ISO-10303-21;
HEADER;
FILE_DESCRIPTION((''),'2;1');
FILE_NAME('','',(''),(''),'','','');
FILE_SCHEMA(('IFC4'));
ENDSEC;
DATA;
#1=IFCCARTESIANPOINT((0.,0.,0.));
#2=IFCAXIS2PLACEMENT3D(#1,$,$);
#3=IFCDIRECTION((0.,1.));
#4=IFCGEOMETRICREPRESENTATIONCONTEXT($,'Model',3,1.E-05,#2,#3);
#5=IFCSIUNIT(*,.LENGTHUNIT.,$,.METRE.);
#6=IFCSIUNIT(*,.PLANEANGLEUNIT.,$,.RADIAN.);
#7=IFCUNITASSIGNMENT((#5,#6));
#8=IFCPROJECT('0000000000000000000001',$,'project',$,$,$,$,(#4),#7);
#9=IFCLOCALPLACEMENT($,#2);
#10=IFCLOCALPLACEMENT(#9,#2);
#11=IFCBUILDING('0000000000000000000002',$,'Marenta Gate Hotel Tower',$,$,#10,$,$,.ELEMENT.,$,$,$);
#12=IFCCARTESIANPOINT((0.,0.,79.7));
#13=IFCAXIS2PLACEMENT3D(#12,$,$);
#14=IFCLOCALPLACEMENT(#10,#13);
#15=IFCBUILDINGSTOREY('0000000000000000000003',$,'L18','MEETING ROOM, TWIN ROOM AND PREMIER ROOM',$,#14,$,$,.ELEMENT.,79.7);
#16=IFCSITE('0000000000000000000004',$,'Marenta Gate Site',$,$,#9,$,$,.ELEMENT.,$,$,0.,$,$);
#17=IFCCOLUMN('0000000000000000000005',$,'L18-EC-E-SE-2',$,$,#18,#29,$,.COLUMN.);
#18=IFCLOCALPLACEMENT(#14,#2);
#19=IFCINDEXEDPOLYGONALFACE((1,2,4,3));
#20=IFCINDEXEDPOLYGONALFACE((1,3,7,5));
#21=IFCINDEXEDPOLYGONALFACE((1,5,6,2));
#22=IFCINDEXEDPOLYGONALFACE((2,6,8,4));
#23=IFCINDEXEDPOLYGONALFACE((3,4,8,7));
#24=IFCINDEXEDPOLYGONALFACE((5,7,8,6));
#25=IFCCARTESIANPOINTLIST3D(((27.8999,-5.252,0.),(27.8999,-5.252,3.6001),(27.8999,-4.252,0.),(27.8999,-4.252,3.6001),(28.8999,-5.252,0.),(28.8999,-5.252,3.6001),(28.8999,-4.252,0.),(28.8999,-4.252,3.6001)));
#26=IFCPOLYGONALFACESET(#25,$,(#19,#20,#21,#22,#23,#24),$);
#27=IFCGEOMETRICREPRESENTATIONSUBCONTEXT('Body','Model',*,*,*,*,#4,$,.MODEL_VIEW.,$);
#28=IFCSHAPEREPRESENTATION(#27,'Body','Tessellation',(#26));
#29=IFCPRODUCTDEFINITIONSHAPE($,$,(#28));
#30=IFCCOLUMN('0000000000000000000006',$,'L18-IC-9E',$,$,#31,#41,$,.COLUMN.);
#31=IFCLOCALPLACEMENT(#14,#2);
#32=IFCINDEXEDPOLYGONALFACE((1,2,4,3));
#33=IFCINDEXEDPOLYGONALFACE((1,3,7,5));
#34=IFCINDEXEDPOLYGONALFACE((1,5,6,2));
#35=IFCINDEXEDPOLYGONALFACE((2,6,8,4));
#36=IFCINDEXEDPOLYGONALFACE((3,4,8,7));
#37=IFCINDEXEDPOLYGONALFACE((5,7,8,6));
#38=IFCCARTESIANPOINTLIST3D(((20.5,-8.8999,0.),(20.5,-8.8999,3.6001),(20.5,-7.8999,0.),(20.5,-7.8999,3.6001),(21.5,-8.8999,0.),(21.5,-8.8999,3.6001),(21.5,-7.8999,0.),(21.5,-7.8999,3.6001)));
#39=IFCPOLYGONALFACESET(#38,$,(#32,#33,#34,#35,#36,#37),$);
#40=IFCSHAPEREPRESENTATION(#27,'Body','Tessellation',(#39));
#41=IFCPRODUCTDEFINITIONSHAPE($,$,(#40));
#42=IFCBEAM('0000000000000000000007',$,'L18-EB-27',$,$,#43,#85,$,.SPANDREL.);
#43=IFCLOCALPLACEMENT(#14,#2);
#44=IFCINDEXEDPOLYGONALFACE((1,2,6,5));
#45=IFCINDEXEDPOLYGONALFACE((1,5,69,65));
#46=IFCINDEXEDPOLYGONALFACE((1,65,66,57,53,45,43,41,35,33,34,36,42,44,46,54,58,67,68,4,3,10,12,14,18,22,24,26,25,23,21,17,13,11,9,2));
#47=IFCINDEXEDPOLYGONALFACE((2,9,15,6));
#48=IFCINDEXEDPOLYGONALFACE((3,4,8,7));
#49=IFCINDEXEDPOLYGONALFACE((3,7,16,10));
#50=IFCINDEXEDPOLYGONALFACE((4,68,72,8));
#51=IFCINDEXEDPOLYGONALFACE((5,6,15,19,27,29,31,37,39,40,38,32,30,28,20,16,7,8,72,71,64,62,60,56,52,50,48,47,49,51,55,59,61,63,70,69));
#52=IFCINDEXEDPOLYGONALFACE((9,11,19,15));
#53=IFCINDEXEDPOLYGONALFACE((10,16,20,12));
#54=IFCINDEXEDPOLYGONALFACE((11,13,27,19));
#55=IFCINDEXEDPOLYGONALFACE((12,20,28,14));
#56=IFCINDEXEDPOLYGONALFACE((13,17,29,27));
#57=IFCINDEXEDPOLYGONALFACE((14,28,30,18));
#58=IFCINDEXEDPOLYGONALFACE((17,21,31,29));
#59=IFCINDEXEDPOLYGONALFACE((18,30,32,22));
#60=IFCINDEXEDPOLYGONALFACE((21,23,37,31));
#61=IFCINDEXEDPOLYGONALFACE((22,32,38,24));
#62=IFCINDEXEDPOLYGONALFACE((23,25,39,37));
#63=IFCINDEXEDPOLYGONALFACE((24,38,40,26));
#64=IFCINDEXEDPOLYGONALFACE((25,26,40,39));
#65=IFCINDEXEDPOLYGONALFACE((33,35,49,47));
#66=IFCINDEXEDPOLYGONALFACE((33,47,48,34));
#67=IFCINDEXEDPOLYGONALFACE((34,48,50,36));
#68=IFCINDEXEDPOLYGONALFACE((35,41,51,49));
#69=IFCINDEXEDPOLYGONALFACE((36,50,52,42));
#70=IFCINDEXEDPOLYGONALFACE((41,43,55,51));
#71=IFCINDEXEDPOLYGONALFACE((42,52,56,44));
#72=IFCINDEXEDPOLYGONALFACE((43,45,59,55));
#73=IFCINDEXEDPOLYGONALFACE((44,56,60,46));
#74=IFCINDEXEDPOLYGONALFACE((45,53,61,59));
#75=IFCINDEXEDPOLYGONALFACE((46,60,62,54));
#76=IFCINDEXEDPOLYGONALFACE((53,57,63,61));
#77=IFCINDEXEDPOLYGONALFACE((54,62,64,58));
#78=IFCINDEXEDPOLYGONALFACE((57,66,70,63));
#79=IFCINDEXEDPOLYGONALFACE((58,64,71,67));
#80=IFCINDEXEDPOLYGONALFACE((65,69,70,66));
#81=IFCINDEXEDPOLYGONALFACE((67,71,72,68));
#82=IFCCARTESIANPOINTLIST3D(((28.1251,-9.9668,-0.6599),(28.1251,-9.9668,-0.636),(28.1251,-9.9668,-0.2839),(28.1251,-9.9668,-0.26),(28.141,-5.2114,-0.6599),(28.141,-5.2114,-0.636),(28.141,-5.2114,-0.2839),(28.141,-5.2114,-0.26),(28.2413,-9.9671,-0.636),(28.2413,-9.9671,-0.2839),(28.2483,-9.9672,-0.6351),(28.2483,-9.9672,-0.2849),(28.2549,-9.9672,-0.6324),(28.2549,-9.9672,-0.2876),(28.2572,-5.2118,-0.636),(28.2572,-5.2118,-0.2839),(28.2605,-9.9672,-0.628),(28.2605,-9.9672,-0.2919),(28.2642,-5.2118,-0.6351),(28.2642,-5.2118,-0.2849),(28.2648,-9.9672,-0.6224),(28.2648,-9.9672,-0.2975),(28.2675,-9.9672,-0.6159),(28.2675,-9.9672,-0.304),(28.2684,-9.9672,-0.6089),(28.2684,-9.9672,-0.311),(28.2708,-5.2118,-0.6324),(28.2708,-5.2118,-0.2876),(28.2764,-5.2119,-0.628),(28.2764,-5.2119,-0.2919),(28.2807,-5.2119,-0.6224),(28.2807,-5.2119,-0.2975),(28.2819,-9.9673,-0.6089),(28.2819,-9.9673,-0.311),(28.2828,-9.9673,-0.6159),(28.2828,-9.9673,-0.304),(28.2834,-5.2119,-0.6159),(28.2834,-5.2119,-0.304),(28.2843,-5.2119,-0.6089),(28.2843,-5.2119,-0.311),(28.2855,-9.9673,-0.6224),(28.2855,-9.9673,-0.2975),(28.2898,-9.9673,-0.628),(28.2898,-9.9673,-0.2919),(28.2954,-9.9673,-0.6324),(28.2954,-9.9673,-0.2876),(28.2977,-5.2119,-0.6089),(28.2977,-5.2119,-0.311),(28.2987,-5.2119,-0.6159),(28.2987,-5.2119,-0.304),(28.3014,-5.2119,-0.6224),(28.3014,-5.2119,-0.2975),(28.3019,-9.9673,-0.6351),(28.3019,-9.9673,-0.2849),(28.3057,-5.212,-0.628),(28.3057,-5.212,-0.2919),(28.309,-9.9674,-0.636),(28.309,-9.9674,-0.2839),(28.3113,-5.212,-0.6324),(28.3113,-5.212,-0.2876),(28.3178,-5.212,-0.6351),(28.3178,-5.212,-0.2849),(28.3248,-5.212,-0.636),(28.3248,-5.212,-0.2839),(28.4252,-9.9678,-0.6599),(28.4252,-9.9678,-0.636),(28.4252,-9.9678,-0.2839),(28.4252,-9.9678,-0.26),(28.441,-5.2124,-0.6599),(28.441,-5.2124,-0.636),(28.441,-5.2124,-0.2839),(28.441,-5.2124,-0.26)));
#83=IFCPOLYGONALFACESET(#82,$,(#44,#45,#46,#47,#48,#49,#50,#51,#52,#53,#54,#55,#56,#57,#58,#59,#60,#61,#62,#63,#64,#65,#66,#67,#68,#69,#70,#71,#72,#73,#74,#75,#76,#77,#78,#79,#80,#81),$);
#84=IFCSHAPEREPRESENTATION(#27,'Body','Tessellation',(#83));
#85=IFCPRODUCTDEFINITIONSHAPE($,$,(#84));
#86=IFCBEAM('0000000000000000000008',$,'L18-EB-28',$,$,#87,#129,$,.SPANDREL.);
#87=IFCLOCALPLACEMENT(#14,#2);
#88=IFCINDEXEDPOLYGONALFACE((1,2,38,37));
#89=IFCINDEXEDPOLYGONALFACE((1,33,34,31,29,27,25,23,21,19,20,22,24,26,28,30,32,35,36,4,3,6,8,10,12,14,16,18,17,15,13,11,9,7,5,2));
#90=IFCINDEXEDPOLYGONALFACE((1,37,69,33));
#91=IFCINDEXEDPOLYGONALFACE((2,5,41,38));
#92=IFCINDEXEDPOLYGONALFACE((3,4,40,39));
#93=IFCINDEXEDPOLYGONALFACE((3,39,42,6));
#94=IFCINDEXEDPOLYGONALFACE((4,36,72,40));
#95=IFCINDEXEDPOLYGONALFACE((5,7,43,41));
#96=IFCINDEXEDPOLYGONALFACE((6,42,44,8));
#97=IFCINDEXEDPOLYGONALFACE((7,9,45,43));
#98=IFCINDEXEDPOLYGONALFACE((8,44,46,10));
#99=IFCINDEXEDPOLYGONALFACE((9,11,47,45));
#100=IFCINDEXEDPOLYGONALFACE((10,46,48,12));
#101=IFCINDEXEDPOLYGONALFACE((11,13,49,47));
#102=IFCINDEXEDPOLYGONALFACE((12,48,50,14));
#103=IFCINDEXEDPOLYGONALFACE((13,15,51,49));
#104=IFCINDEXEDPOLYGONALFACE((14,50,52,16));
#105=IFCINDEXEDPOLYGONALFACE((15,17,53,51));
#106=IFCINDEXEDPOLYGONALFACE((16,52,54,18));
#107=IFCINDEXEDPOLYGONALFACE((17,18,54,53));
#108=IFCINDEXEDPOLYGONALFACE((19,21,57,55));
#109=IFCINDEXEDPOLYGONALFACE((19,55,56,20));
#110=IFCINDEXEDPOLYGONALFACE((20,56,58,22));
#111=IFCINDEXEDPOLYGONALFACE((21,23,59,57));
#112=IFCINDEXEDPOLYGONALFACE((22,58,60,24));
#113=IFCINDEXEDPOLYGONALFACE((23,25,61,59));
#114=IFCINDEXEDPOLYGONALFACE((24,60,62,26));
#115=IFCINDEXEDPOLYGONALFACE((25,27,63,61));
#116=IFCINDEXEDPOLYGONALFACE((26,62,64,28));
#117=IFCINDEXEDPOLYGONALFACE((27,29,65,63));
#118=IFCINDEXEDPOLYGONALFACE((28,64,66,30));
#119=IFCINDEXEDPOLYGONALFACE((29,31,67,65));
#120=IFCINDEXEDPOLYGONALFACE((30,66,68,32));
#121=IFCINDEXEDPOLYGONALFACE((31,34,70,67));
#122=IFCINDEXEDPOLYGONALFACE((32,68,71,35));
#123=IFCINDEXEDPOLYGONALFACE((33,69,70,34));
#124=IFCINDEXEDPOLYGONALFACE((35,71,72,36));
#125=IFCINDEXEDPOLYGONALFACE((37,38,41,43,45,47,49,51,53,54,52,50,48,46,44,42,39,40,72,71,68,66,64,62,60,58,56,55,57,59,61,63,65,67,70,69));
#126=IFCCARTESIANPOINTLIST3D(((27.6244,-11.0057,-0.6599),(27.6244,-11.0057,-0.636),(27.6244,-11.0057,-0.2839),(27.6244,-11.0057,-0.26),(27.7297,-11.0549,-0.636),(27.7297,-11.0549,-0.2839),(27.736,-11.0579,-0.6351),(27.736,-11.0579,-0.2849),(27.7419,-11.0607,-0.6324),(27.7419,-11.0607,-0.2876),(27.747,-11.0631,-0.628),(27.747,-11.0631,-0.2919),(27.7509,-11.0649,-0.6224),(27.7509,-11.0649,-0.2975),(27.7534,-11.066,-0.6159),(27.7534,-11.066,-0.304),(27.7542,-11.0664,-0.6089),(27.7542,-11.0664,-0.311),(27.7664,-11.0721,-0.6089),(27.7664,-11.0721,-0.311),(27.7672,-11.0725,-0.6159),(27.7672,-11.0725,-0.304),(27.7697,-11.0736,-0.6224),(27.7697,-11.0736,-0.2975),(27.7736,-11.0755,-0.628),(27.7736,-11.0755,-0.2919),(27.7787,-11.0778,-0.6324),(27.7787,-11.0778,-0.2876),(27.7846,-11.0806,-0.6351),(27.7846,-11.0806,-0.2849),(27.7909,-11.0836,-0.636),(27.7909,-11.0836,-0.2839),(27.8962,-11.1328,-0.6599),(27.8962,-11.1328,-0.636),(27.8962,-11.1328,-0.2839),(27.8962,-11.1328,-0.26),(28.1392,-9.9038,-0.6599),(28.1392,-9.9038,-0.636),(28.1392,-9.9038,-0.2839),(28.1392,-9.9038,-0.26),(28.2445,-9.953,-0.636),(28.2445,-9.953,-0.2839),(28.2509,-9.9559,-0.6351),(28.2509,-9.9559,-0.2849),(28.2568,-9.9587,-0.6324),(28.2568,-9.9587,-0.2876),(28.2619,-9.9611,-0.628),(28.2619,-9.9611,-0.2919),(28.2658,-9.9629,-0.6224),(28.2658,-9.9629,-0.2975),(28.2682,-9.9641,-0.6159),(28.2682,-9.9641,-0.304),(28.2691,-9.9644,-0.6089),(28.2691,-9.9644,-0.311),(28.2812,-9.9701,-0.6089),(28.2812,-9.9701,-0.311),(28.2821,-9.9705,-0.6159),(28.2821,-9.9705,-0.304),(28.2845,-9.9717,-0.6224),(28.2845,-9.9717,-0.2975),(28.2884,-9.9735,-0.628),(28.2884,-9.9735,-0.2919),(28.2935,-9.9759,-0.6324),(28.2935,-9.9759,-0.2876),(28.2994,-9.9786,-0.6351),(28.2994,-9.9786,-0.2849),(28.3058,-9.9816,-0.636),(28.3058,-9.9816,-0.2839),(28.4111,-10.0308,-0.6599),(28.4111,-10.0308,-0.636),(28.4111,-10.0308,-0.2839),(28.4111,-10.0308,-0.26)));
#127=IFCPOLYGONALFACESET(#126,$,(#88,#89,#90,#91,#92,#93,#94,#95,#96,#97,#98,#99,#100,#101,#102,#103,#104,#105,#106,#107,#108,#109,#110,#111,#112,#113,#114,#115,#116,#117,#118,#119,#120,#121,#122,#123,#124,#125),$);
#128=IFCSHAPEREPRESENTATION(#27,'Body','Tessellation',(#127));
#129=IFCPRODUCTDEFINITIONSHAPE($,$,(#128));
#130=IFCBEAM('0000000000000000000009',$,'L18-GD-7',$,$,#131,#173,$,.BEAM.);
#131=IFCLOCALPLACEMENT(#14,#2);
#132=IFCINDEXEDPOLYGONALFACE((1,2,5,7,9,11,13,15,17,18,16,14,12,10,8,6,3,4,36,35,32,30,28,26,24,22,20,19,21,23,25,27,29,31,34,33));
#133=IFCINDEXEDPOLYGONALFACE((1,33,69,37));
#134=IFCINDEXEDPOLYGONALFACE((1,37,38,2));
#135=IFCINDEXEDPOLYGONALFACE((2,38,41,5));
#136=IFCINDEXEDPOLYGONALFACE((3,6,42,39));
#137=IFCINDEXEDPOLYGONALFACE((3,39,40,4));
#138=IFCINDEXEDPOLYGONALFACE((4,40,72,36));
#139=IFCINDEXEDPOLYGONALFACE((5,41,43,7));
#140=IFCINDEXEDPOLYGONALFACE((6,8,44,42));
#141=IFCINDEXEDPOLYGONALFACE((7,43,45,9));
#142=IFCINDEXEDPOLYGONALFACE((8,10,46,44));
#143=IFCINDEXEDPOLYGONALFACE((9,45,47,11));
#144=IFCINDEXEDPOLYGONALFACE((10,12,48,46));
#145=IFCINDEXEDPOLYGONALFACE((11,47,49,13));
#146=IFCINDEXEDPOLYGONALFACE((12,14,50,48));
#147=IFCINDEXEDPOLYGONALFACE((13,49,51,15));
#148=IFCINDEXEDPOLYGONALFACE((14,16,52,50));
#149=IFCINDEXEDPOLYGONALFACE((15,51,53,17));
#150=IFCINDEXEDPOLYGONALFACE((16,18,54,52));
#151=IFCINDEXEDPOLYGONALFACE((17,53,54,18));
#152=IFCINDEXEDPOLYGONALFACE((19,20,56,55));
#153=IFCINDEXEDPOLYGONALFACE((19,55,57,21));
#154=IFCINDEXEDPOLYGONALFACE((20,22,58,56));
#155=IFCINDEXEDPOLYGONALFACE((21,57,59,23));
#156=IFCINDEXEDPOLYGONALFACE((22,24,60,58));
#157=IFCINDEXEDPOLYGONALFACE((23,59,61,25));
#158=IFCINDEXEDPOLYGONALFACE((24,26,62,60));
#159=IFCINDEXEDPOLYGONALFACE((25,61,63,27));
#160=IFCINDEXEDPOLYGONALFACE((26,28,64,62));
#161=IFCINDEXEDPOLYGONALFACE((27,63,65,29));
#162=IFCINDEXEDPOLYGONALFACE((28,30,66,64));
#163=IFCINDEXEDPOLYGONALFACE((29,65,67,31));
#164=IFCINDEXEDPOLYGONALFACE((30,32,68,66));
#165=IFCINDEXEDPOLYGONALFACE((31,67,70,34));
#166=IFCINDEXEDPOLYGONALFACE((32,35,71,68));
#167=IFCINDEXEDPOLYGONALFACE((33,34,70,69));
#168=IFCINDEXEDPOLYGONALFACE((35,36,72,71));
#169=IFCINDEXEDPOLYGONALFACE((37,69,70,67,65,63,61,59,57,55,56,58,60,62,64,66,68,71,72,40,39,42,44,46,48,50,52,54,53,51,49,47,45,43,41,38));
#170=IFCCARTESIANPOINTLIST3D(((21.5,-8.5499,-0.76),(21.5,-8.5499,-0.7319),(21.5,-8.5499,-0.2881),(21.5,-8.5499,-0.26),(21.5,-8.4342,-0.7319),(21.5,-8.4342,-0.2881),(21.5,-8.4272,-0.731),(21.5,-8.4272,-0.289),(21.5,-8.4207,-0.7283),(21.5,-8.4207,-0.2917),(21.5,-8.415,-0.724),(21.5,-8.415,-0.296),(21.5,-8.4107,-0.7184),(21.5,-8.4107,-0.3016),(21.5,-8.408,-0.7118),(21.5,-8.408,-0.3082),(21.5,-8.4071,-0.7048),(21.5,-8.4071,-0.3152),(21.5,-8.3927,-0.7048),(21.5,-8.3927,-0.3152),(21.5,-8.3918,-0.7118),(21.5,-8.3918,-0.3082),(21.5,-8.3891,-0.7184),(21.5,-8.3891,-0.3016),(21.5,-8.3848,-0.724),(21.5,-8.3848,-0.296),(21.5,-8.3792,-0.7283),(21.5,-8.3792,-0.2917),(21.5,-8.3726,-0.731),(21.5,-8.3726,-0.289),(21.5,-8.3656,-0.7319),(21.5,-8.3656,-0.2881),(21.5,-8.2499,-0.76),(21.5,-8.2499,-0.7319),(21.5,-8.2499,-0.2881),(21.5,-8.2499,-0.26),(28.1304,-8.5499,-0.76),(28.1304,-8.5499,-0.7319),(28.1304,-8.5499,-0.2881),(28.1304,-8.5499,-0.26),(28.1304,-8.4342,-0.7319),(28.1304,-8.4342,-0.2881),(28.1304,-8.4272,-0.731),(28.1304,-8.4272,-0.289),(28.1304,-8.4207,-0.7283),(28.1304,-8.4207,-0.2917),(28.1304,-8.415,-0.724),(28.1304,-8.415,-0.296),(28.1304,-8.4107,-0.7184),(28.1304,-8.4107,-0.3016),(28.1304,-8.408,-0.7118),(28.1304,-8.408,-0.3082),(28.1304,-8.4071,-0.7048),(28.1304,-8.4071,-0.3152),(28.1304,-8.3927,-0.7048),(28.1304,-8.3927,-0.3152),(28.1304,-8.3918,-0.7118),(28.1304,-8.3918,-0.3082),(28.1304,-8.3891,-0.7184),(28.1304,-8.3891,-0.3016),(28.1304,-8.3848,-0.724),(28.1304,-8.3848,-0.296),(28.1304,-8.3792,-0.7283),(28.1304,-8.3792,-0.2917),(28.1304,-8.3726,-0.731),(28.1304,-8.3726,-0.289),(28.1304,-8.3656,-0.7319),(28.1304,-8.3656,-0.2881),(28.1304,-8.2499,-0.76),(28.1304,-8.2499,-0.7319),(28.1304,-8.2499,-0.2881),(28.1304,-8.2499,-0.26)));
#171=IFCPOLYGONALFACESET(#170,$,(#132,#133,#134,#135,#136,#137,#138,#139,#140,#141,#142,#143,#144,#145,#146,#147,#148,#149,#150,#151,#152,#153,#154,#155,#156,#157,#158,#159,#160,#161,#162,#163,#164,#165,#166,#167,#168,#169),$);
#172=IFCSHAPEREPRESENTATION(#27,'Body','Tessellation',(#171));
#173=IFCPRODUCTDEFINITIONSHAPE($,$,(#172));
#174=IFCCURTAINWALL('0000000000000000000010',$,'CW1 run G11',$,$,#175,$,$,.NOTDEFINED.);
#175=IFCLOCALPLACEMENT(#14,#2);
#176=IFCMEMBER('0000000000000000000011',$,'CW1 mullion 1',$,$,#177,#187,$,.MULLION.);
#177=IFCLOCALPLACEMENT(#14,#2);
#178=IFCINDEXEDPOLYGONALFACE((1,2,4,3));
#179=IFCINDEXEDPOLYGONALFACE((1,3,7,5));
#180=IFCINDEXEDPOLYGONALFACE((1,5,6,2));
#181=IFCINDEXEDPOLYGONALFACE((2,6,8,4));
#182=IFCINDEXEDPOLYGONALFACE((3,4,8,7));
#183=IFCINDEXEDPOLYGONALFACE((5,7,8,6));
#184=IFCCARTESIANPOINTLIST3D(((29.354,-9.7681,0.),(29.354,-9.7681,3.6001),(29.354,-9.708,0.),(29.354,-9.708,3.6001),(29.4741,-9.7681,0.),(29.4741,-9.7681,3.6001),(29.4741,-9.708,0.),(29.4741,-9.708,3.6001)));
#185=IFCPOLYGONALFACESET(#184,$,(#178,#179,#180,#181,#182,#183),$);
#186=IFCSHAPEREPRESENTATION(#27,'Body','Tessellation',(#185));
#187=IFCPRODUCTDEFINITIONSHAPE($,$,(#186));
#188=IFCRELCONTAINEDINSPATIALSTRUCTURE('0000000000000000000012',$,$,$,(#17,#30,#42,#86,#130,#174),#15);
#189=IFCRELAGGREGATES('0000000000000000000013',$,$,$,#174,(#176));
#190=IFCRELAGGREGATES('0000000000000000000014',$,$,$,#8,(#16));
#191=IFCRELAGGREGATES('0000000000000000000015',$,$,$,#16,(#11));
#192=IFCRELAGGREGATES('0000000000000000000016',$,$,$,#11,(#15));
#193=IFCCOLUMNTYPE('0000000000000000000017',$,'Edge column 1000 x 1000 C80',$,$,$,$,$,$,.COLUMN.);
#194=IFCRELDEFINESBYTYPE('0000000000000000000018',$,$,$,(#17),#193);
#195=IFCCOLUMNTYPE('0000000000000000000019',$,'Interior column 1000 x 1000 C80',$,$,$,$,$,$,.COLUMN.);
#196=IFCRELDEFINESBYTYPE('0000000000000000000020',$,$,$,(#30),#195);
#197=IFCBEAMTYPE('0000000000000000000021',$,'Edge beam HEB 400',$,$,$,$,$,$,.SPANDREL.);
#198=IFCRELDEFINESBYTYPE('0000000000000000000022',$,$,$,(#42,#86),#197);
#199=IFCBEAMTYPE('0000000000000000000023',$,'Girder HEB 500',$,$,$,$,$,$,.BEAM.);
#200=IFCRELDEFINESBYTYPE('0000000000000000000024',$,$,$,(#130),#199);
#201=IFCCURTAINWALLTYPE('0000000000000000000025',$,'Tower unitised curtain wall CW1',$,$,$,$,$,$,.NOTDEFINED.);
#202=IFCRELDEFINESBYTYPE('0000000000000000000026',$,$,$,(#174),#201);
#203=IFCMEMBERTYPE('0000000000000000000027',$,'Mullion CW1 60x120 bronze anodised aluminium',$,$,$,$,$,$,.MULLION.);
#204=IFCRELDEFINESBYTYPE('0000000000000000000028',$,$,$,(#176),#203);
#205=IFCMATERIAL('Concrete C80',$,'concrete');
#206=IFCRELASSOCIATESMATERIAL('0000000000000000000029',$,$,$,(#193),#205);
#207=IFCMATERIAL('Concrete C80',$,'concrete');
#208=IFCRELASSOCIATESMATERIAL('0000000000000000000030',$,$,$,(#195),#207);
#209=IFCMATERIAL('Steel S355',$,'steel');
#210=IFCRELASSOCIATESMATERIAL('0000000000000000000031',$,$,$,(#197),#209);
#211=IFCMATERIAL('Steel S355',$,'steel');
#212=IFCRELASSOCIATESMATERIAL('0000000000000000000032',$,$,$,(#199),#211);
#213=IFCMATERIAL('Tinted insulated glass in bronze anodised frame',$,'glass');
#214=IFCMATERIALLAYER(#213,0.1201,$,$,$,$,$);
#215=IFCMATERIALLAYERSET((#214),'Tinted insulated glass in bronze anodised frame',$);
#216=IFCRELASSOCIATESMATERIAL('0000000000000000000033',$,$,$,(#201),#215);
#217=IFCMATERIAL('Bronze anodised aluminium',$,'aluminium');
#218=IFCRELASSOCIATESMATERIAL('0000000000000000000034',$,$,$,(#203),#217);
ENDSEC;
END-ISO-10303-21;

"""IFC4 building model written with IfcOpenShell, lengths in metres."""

from ifc_helpers import new_model, si_unit, direction, frame, origin, origin_2d, place, context, subcontext, project, spatial, rectangle, i_section, extrude, material, layer, layer_set, material_profile, profile_set, type_object, element, aggregate, save


model = new_model("IFC4")

# Units and contexts
model_context = context("Model", 3, precision=1e-05, world=origin(), true_north=direction((0.0, 1.0)))
body_context = subcontext(model_context, "Body", "Model", "MODEL_VIEW")
ifc_project = project(units=[si_unit("LENGTHUNIT", "METRE"), si_unit("PLANEANGLEUNIT", "RADIAN")], contexts=[model_context])

# Site, building, storey
site_placement = place(None, origin())
site = spatial("IfcSite", under=ifc_project, at=site_placement, Name="Marenta Gate Site", CompositionType="ELEMENT", RefElevation=0.0)
building_placement = place(site_placement, origin())
building = spatial("IfcBuilding", under=site, at=building_placement, Name="Marenta Gate Hotel Tower", CompositionType="ELEMENT")
storey_placement = place(building_placement, frame((0.0, 0.0, 79.7)))
storey = spatial("IfcBuildingStorey", under=building, at=storey_placement, Name="L18", Description="MEETING ROOM, TWIN ROOM AND PREMIER ROOM", CompositionType="ELEMENT", Elevation=79.7)

# Columns
ifc_material_1 = material(Name="Concrete C80", Category="concrete")
ifc_material_profile_1 = material_profile(ifc_material_1, rectangle(XDim=1.0, YDim=1.0, at=origin_2d()), Name="1000 x 1000")
ifc_profile_set_1 = profile_set([ifc_material_profile_1], Name="Concrete C80")
column_type_1 = type_object("IfcColumnType", Name="Edge column 1000 x 1000 C80", PredefinedType="COLUMN", material=ifc_profile_set_1)
column_1_placement = place(storey_placement, frame((28.3999, -4.752, 0.0), z_axis=(0.0, 0.0, 1.0), x_axis=(1.0, 0.0, 0.0)))
element("IfcColumn", 1, at=column_1_placement, inside=storey, type_object=column_type_1, Name="L18-EC-E-SE-2", PredefinedType="COLUMN", context=body_context, shape_type="SweptSolid", body=[
    extrude(rectangle(XDim=1.0, YDim=1.0, at=origin_2d()), origin(), (0.0, 0.0, 1.0), 3.6001),
])
ifc_material_2 = material(Name="Concrete C80", Category="concrete")
ifc_material_profile_2 = material_profile(ifc_material_2, rectangle(XDim=1.0, YDim=1.0, at=origin_2d()), Name="1000 x 1000")
ifc_profile_set_2 = profile_set([ifc_material_profile_2], Name="Concrete C80")
column_type_2 = type_object("IfcColumnType", Name="Interior column 1000 x 1000 C80", PredefinedType="COLUMN", material=ifc_profile_set_2)
column_2_placement = place(storey_placement, frame((21.0, -8.3999, 0.0), z_axis=(0.0, 0.0, 1.0), x_axis=(1.0, 0.0, 0.0)))
element("IfcColumn", 2, at=column_2_placement, inside=storey, type_object=column_type_2, Name="L18-IC-9E", PredefinedType="COLUMN", context=body_context, shape_type="SweptSolid", body=[
    extrude(rectangle(XDim=1.0, YDim=1.0, at=origin_2d()), origin(), (0.0, 0.0, 1.0), 3.6001),
])

# Beams
ifc_material_3 = material(Name="Steel S355", Category="steel")
ifc_material_profile_3 = material_profile(ifc_material_3, i_section(OverallWidth=0.3, OverallDepth=0.3999, WebThickness=0.0134, FlangeThickness=0.0239, FilletRadius=0.0271, at=origin_2d()), Name="HEB 400")
ifc_profile_set_3 = profile_set([ifc_material_profile_3], Name="Steel S355")
beam_type_1 = type_object("IfcBeamType", Name="Edge beam HEB 400", PredefinedType="SPANDREL", material=ifc_profile_set_3)
beam_1_placement = place(storey_placement, frame((28.291, -5.2119, -0.46), z_axis=(-0.003337, -0.999994, 0.0), x_axis=(0.999994, -0.003337, 0.0)))
element("IfcBeam", 3, at=beam_1_placement, inside=storey, type_object=beam_type_1, Name="L18-EB-27", PredefinedType="SPANDREL", context=body_context, shape_type="SweptSolid", body=[
    extrude(i_section(OverallWidth=0.3, OverallDepth=0.3999, WebThickness=0.0134, FlangeThickness=0.0239, FilletRadius=0.0271, at=origin_2d()), origin(), (0.0, 0.0, 1.0), 4.7554),
])
beam_2_placement = place(storey_placement, frame((28.2751, -9.9673, -0.46), z_axis=(-0.423292, -0.905993, 0.0), x_axis=(0.905993, -0.423292, 0.0)))
element("IfcBeam", 4, at=beam_2_placement, inside=storey, type_object=beam_type_1, Name="L18-EB-28", PredefinedType="SPANDREL", context=body_context, shape_type="SweptSolid", body=[
    extrude(i_section(OverallWidth=0.3, OverallDepth=0.3999, WebThickness=0.0134, FlangeThickness=0.0239, FilletRadius=0.0271, at=origin_2d()), origin(), (0.0, 0.0, 1.0), 1.2163),
])
ifc_material_4 = material(Name="Steel S355", Category="steel")
ifc_material_profile_4 = material_profile(ifc_material_4, i_section(OverallWidth=0.3, OverallDepth=0.5, WebThickness=0.0144, FlangeThickness=0.0281, FilletRadius=0.0271, at=origin_2d()), Name="HEB 500")
ifc_profile_set_4 = profile_set([ifc_material_profile_4], Name="Steel S355")
beam_type_2 = type_object("IfcBeamType", Name="Girder HEB 500", PredefinedType="BEAM", material=ifc_profile_set_4)
beam_3_placement = place(storey_placement, frame((21.5, -8.3999, -0.51), z_axis=(1.0, 0.0, 0.0), x_axis=(0.0, 1.0, 0.0)))
element("IfcBeam", 5, at=beam_3_placement, inside=storey, type_object=beam_type_2, Name="L18-GD-7", PredefinedType="BEAM", context=body_context, shape_type="SweptSolid", body=[
    extrude(i_section(OverallWidth=0.3, OverallDepth=0.5, WebThickness=0.0144, FlangeThickness=0.0281, FilletRadius=0.0271, at=origin_2d()), origin(), (0.0, 0.0, 1.0), 6.6304),
])

# Curtain wall, member
ifc_material_5 = material(Name="Tinted insulated glass in bronze anodised frame", Category="glass")
ifc_layer_1 = layer(ifc_material_5, 0.1201)
ifc_layer_set_1 = layer_set([ifc_layer_1], Name="Tinted insulated glass in bronze anodised frame")
curtain_wall_type = type_object("IfcCurtainWallType", Name="Tower unitised curtain wall CW1", PredefinedType="NOTDEFINED", material=ifc_layer_set_1)
curtain_wall_placement = place(storey_placement, origin())
curtain_wall = element("IfcCurtainWall", 6, at=curtain_wall_placement, inside=storey, type_object=curtain_wall_type, Name="CW1 run G11", PredefinedType="NOTDEFINED")
ifc_material_6 = material(Name="Bronze anodised aluminium", Category="aluminium")
ifc_material_profile_5 = material_profile(ifc_material_6, rectangle(XDim=0.1201, YDim=0.0601, at=origin_2d()), Name="Mullion CW1 60x120 bronze anodised aluminium")
ifc_profile_set_5 = profile_set([ifc_material_profile_5], Name="Bronze anodised aluminium")
member_type_1 = type_object("IfcMemberType", Name="Mullion CW1 60x120 bronze anodised aluminium", PredefinedType="MULLION", material=ifc_profile_set_5)
member_1_placement = place(storey_placement, frame((29.4141, -9.738, 0.0), z_axis=(0.0, 0.0, 1.0), x_axis=(-1.0, 0.0, 0.0)))
member_1 = element("IfcMember", 7, at=member_1_placement, type_object=member_type_1, Name="CW1 mullion 1", PredefinedType="MULLION", context=body_context, shape_type="SweptSolid", body=[
    extrude(rectangle(XDim=0.1201, YDim=0.0601, at=origin_2d()), origin(), (0.0, 0.0, 1.0), 3.6001),
])
aggregate(curtain_wall, [member_1])

save(model, "model.ifc")
